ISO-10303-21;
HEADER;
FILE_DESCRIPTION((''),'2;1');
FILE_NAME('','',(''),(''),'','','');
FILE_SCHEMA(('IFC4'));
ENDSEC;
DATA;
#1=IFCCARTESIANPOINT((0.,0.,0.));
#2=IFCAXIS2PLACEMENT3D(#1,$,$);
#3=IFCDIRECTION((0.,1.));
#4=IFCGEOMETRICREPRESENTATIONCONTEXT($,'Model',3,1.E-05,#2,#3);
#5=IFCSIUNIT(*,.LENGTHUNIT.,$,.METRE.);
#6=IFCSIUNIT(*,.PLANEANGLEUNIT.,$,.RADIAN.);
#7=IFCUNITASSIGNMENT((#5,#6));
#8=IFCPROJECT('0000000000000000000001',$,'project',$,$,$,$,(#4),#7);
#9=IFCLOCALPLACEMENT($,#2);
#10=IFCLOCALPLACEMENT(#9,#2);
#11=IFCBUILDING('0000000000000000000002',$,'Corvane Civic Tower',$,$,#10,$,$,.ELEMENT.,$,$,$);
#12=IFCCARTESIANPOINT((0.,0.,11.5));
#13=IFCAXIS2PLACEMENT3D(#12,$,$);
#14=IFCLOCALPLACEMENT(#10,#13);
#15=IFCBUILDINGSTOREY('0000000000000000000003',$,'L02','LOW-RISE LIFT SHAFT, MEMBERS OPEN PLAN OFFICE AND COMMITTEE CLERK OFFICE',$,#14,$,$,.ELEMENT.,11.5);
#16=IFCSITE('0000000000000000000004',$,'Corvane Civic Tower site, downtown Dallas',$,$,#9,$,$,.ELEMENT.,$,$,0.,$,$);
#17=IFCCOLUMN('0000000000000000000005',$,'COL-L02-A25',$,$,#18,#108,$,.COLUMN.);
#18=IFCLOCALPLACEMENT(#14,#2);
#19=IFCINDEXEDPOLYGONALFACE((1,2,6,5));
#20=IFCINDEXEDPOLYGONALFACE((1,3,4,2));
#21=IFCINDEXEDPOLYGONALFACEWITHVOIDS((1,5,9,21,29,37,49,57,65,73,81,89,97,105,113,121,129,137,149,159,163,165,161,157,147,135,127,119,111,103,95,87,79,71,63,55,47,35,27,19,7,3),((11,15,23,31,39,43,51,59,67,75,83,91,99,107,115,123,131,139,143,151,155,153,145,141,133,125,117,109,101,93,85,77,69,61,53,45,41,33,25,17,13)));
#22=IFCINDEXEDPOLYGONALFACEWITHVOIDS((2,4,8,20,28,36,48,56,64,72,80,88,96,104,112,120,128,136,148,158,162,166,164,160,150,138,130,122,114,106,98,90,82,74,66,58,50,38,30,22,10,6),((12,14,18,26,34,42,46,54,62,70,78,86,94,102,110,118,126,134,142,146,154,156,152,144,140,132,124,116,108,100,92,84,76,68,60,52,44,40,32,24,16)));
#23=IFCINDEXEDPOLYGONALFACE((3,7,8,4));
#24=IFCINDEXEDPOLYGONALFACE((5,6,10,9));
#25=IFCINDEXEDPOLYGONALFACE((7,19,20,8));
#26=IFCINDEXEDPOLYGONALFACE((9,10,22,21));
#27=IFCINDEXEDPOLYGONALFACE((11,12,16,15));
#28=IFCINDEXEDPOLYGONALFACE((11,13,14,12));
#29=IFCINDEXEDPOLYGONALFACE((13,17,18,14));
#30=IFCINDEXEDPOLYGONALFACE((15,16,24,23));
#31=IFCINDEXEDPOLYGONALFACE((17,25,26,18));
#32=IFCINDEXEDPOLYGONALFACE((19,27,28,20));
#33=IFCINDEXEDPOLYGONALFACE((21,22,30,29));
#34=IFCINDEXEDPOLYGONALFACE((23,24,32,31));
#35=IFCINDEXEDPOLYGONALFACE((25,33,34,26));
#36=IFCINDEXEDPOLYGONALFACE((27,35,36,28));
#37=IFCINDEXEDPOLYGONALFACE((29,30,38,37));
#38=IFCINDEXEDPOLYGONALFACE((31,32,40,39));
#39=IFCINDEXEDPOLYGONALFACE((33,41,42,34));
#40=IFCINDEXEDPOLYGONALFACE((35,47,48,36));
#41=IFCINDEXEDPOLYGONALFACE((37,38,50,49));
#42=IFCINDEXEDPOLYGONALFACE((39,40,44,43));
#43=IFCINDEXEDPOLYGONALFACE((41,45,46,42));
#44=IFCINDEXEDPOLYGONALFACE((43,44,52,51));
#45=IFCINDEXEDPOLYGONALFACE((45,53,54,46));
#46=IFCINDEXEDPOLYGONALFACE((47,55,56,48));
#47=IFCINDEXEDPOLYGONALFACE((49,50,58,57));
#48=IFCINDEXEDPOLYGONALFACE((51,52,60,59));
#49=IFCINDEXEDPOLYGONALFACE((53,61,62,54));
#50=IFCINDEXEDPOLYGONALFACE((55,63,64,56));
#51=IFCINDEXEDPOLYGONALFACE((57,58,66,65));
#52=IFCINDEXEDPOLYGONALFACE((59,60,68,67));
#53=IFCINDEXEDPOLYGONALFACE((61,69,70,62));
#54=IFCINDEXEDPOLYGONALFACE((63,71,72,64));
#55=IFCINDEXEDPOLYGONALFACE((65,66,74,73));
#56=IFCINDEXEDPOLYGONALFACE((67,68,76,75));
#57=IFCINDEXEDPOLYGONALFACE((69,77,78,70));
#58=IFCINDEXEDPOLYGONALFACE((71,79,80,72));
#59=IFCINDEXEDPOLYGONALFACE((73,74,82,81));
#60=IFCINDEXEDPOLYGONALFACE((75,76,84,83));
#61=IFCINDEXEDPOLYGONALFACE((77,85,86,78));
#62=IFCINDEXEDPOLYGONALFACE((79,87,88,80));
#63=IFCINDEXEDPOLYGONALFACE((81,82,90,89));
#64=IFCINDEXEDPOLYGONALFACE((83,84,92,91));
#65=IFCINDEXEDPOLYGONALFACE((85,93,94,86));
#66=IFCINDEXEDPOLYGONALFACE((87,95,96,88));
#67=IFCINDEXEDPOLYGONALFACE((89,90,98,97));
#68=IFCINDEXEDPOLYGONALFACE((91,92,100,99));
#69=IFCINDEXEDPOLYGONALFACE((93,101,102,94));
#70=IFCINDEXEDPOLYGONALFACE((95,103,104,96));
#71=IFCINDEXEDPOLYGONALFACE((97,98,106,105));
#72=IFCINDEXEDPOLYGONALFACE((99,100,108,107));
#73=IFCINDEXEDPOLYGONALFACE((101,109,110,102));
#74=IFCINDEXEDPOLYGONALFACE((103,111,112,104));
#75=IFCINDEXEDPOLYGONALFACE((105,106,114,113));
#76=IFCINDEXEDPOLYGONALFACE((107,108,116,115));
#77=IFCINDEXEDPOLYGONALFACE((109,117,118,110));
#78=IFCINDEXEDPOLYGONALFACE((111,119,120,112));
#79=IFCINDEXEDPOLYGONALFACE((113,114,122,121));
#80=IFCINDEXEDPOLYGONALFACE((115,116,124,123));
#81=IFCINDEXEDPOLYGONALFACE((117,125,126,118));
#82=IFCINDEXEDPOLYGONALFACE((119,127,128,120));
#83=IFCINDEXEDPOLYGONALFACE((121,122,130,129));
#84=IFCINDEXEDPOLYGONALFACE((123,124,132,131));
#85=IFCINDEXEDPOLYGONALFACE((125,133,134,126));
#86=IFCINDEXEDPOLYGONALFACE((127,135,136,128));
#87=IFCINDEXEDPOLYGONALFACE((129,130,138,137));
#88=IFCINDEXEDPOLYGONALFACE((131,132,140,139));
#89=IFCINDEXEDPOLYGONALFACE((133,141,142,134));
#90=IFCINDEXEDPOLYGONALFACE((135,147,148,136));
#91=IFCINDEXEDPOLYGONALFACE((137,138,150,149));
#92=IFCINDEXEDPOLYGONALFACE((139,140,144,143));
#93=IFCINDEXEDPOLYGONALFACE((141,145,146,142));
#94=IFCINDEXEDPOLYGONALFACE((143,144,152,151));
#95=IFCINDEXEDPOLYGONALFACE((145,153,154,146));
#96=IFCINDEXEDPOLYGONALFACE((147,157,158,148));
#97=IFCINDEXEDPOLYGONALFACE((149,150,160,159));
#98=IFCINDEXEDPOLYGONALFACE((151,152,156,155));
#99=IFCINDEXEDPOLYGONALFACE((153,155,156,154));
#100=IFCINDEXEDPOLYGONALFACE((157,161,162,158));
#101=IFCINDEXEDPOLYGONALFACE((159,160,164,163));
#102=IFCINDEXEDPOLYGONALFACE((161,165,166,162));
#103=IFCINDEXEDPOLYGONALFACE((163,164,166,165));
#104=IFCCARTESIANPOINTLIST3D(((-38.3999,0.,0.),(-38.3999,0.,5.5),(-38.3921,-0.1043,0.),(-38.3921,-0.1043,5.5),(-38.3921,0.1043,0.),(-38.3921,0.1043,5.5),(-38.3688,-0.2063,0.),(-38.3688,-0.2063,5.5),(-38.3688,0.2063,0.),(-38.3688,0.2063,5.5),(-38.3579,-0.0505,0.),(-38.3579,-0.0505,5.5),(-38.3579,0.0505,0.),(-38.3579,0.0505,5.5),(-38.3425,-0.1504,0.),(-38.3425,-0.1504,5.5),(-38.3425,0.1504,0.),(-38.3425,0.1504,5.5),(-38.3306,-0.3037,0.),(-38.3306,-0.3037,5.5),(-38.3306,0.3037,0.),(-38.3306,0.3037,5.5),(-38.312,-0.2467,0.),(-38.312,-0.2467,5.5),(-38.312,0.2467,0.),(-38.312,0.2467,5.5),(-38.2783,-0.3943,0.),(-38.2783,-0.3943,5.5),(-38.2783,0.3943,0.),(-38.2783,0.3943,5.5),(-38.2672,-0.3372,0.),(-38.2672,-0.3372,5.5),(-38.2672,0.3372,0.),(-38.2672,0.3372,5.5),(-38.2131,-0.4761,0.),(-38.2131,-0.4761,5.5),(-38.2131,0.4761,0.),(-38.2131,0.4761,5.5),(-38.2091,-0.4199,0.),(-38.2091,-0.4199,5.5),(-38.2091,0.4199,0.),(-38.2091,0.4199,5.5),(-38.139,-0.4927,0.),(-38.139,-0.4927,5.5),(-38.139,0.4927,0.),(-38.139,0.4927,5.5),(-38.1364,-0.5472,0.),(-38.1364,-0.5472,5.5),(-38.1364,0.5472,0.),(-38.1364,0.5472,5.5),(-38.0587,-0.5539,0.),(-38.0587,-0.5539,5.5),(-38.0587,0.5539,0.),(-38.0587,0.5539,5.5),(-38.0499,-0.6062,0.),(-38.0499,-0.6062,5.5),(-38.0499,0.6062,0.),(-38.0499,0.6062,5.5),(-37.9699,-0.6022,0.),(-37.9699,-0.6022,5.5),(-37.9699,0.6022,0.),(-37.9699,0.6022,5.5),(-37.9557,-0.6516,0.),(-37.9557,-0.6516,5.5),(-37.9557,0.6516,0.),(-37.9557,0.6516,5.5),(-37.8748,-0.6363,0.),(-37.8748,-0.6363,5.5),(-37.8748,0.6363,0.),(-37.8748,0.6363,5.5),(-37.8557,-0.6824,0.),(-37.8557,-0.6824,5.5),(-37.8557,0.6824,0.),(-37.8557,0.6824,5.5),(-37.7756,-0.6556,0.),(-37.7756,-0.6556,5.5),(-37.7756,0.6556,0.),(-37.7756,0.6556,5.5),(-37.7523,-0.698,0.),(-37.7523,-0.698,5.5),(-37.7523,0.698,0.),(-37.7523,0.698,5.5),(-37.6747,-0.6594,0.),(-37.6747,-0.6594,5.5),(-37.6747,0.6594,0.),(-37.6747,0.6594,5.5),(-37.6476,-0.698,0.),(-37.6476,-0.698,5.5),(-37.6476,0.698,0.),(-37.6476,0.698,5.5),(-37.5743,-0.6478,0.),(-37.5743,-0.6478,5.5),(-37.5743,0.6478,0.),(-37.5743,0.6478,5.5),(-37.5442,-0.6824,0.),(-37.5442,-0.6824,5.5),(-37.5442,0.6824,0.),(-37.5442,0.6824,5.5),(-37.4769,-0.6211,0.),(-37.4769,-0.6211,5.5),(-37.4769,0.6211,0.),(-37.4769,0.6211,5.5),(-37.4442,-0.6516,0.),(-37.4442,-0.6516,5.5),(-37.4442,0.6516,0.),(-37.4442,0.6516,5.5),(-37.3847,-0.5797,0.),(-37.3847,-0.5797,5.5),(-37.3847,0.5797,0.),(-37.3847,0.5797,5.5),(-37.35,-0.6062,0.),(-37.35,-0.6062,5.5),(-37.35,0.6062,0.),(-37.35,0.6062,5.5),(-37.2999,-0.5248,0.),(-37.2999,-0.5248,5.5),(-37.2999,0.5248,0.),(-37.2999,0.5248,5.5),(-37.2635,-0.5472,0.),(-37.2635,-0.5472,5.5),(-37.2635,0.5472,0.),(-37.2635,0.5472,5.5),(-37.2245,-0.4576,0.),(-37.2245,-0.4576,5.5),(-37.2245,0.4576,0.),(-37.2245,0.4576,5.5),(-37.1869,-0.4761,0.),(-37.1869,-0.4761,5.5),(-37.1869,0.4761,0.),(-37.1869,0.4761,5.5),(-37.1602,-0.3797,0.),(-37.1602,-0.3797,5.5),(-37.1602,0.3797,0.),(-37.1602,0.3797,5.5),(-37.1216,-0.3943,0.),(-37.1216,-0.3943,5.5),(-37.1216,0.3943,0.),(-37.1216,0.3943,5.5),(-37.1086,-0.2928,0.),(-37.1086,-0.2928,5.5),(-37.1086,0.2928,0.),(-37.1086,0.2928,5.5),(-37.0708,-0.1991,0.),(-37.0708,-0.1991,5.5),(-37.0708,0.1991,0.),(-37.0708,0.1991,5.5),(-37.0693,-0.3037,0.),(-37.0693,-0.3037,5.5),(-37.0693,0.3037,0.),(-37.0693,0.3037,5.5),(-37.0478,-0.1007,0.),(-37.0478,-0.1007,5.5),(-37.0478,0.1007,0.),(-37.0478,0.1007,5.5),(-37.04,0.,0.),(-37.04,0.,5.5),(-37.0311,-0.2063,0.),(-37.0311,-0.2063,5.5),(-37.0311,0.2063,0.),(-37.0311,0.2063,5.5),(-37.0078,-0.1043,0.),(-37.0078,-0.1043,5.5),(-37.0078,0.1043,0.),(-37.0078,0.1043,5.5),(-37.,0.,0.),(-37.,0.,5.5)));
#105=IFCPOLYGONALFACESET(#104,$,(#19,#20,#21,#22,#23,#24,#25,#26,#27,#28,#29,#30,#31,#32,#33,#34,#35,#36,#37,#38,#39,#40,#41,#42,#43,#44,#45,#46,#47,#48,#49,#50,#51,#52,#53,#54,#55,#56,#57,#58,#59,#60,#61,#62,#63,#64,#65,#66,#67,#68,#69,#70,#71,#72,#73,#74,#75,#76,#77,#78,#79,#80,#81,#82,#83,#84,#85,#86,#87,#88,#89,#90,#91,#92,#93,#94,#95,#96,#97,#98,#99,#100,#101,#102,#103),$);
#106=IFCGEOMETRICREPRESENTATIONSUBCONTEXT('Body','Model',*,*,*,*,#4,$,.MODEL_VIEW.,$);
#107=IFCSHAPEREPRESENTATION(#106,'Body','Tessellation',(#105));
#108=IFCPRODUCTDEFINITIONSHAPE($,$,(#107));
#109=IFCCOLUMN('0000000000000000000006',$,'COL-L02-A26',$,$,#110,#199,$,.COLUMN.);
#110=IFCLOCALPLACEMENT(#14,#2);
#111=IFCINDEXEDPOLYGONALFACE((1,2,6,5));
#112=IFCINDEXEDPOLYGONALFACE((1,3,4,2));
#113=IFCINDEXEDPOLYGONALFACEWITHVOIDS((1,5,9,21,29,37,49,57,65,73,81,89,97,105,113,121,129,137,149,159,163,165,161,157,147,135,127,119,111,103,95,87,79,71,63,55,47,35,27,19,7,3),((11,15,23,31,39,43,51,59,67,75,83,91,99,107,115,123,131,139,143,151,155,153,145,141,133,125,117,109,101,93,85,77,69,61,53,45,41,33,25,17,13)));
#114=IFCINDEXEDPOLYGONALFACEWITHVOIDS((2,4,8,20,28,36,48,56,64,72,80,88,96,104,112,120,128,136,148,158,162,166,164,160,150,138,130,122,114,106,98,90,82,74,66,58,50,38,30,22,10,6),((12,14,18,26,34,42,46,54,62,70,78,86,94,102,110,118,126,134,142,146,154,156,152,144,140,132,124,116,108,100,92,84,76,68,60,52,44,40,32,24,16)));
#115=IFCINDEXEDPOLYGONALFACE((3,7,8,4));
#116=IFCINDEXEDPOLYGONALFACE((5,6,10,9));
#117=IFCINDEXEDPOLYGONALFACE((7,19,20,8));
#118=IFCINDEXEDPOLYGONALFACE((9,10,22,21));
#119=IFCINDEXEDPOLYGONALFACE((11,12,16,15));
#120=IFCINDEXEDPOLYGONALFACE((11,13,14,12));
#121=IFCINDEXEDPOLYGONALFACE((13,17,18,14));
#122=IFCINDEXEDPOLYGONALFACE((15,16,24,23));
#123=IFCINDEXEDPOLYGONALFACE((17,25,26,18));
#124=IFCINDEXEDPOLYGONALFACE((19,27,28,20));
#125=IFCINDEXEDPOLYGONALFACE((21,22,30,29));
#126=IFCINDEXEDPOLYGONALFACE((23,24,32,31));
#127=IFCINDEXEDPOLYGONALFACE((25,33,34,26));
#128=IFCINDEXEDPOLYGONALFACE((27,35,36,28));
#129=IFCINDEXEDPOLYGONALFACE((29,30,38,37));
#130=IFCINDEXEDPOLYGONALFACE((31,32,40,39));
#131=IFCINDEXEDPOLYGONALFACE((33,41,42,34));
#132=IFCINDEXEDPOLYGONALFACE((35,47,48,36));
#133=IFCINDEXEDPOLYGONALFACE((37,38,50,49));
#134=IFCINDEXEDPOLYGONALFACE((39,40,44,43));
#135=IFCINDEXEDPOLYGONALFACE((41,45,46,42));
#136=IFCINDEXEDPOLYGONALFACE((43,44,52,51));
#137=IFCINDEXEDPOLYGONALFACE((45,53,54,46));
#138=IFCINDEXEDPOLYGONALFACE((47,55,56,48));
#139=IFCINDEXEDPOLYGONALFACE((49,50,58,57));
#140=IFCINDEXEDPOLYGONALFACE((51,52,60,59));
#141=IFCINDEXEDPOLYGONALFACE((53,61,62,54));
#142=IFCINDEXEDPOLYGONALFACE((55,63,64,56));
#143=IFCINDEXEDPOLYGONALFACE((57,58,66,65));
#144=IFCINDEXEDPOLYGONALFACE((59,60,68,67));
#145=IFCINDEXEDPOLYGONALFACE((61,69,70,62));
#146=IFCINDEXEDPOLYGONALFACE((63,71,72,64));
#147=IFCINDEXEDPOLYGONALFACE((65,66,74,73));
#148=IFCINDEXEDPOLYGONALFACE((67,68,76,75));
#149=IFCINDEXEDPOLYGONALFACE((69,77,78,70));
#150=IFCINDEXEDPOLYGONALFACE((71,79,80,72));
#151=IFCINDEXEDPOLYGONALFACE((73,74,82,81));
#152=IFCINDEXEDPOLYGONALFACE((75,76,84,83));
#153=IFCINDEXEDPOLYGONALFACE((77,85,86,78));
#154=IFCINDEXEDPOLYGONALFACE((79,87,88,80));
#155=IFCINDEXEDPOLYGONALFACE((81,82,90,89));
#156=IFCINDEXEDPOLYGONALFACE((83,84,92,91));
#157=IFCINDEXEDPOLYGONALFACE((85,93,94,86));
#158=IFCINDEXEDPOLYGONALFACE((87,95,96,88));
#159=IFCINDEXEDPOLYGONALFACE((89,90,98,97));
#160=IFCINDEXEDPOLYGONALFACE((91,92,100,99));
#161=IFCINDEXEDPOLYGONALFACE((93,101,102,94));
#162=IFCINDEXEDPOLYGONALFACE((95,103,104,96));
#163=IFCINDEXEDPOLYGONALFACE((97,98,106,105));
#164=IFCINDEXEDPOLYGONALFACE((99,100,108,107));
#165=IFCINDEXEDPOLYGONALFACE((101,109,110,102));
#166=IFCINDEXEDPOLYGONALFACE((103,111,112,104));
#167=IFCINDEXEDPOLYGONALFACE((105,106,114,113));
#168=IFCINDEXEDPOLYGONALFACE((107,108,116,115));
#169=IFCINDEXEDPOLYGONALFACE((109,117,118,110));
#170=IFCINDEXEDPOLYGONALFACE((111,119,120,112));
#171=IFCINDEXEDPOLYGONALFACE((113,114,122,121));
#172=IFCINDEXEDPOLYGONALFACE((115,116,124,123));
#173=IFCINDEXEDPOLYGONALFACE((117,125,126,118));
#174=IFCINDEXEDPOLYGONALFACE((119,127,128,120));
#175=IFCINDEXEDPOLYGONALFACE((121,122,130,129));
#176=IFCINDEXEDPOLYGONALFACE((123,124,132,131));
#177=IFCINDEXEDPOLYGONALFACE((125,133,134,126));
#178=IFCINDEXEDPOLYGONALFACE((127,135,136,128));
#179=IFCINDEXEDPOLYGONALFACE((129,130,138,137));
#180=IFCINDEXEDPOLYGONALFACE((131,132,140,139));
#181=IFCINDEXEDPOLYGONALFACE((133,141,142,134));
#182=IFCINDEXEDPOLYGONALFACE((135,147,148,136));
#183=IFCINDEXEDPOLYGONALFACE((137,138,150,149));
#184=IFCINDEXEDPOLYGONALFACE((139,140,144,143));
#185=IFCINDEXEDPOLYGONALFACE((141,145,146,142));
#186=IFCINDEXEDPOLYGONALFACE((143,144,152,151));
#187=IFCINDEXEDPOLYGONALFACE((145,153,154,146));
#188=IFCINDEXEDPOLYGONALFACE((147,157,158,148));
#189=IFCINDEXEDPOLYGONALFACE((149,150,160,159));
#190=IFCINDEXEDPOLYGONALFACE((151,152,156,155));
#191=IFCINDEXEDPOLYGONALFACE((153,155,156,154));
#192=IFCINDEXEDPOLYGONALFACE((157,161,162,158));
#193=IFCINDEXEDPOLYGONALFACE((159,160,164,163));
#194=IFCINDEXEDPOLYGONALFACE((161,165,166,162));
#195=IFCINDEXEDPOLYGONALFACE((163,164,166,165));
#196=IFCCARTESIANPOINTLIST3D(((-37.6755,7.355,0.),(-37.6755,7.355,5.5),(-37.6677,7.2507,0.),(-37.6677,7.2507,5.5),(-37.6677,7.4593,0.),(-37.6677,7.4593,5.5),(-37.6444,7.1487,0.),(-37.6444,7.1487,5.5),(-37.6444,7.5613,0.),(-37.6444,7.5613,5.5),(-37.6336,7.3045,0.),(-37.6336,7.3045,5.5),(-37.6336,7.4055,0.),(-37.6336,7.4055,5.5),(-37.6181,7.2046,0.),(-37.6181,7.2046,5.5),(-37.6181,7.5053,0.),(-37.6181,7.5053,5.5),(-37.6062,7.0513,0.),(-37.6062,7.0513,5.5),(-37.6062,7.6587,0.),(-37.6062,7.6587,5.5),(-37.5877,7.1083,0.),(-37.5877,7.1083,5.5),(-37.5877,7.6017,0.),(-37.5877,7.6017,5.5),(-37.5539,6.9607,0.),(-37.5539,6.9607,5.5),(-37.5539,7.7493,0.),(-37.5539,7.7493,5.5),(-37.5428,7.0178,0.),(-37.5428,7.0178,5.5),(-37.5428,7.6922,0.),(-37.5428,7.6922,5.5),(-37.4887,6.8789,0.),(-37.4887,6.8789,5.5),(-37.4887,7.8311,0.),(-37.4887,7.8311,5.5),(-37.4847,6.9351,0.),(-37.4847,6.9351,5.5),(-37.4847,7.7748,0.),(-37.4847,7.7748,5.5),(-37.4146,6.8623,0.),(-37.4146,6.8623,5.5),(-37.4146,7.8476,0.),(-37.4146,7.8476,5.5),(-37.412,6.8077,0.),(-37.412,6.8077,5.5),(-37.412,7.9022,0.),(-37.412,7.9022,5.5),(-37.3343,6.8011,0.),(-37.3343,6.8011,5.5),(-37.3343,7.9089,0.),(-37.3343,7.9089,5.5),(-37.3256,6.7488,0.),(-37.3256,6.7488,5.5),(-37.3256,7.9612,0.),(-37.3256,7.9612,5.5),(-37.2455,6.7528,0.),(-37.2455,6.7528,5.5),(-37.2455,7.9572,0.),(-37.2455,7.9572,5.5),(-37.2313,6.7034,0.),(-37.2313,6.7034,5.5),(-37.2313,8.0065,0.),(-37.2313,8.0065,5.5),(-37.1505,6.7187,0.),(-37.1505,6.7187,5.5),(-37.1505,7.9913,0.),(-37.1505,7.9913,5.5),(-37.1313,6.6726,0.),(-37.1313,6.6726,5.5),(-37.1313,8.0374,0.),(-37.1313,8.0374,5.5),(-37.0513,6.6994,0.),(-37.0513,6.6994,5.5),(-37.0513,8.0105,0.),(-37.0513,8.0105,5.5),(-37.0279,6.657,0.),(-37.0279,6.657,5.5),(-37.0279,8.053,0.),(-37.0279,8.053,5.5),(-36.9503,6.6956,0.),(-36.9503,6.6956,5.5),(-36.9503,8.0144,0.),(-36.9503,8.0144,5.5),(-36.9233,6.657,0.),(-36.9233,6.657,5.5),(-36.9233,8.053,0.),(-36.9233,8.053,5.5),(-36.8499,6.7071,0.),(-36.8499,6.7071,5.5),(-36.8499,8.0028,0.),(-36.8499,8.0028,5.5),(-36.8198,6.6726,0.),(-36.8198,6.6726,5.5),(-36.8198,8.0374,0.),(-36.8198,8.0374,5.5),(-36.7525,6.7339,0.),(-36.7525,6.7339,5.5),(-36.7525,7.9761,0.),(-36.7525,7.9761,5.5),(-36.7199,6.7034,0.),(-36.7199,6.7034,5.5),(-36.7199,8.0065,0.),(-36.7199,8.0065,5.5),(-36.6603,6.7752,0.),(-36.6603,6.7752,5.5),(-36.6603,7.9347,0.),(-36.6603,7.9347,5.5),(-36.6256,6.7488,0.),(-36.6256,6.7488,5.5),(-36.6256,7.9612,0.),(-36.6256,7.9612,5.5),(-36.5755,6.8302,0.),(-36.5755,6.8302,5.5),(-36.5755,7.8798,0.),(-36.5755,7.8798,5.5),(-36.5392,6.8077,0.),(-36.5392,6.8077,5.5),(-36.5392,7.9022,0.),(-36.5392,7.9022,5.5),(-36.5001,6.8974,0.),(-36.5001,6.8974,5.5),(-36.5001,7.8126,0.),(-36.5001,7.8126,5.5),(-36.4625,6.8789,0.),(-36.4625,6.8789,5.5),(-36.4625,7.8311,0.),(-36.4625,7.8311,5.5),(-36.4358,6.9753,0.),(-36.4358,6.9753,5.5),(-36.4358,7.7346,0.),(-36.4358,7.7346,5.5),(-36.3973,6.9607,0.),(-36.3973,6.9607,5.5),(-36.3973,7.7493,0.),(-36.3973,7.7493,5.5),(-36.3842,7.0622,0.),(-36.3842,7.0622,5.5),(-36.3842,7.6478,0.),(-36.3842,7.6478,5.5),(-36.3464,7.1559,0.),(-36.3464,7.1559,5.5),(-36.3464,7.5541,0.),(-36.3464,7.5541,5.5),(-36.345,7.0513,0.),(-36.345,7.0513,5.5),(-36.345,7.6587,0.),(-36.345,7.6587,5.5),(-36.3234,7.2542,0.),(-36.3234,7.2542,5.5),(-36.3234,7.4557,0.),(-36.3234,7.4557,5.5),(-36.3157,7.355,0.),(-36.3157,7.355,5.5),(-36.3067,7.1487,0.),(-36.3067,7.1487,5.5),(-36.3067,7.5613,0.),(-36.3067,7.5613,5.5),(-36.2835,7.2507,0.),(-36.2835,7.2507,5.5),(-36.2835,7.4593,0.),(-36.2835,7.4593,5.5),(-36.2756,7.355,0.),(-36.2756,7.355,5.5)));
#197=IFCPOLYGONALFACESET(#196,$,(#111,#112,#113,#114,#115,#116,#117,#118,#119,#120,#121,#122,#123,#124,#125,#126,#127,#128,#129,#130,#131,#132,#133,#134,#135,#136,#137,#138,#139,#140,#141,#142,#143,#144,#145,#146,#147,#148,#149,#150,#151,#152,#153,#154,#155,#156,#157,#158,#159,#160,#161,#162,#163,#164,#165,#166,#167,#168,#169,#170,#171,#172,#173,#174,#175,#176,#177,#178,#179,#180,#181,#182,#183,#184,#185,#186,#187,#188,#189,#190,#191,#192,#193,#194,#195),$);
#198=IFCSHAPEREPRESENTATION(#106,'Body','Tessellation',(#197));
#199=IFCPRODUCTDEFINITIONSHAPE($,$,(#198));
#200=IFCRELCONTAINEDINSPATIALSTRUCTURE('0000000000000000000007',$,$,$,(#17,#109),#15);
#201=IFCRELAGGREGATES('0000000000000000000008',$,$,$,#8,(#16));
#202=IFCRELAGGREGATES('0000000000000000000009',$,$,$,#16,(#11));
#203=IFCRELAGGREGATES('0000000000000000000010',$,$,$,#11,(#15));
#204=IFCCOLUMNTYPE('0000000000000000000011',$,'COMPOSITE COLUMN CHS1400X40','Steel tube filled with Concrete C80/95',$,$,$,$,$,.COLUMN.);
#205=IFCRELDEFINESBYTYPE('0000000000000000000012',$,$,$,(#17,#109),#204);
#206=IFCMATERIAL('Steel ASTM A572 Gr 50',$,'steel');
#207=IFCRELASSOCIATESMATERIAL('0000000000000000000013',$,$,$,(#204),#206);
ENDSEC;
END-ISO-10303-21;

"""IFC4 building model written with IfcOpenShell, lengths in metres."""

from ifc_helpers import new_model, si_unit, direction, frame, origin, origin_2d, place, context, subcontext, project, spatial, hollow_circle, extrude, material, material_profile, profile_set, type_object, element, save


model = new_model("IFC4")

# Units and contexts
model_context = context("Model", 3, precision=1e-05, world=origin(), true_north=direction((0.0, 1.0)))
body_context = subcontext(model_context, "Body", "Model", "MODEL_VIEW")
ifc_project = project(units=[si_unit("LENGTHUNIT", "METRE"), si_unit("PLANEANGLEUNIT", "RADIAN")], contexts=[model_context])

# Site, building, storey
site_placement = place(None, origin())
site = spatial("IfcSite", under=ifc_project, at=site_placement, Name="Corvane Civic Tower site, downtown Dallas", CompositionType="ELEMENT", RefElevation=0.0)
building_placement = place(site_placement, origin())
building = spatial("IfcBuilding", under=site, at=building_placement, Name="Corvane Civic Tower", CompositionType="ELEMENT")
storey_placement = place(building_placement, frame((0.0, 0.0, 11.5)))
storey = spatial("IfcBuildingStorey", under=building, at=storey_placement, Name="L02", Description="LOW-RISE LIFT SHAFT, MEMBERS OPEN PLAN OFFICE AND COMMITTEE CLERK OFFICE", CompositionType="ELEMENT", Elevation=11.5)

# Columns
ifc_material_1 = material(Name="Steel ASTM A572 Gr 50", Category="steel")
ifc_material_profile_1 = material_profile(ifc_material_1, hollow_circle(Radius=0.7, WallThickness=0.04, at=origin_2d()), Name="CHS1400X40")
ifc_profile_set_1 = profile_set([ifc_material_profile_1], Name="Steel ASTM A572 Gr 50")
column_type_1 = type_object("IfcColumnType", Name="COMPOSITE COLUMN CHS1400X40", Description="Steel tube filled with Concrete C80/95", PredefinedType="COLUMN", material=ifc_profile_set_1)
for number, where, z_axis, x_axis, name in (
    (1, (-37.7, 0.0, 0.0), (0.0, 0.0, 1.0), (1.0, 0.0, 0.0), "COL-L02-A25"),
    (2, (-36.9756, 7.355, 0.0), (0.0, 0.0, 1.0), (1.0, 0.0, 0.0), "COL-L02-A26"),
):
    element("IfcColumn", number, at=place(storey_placement, frame(where, z_axis=z_axis, x_axis=x_axis)), inside=storey, type_object=column_type_1, Name=name, PredefinedType="COLUMN", context=body_context, shape_type="SweptSolid", body=[
        extrude(hollow_circle(Radius=0.7, WallThickness=0.04, at=origin_2d()), origin(), (0.0, 0.0, 1.0), 5.5),
    ])

save(model, "model.ifc")
